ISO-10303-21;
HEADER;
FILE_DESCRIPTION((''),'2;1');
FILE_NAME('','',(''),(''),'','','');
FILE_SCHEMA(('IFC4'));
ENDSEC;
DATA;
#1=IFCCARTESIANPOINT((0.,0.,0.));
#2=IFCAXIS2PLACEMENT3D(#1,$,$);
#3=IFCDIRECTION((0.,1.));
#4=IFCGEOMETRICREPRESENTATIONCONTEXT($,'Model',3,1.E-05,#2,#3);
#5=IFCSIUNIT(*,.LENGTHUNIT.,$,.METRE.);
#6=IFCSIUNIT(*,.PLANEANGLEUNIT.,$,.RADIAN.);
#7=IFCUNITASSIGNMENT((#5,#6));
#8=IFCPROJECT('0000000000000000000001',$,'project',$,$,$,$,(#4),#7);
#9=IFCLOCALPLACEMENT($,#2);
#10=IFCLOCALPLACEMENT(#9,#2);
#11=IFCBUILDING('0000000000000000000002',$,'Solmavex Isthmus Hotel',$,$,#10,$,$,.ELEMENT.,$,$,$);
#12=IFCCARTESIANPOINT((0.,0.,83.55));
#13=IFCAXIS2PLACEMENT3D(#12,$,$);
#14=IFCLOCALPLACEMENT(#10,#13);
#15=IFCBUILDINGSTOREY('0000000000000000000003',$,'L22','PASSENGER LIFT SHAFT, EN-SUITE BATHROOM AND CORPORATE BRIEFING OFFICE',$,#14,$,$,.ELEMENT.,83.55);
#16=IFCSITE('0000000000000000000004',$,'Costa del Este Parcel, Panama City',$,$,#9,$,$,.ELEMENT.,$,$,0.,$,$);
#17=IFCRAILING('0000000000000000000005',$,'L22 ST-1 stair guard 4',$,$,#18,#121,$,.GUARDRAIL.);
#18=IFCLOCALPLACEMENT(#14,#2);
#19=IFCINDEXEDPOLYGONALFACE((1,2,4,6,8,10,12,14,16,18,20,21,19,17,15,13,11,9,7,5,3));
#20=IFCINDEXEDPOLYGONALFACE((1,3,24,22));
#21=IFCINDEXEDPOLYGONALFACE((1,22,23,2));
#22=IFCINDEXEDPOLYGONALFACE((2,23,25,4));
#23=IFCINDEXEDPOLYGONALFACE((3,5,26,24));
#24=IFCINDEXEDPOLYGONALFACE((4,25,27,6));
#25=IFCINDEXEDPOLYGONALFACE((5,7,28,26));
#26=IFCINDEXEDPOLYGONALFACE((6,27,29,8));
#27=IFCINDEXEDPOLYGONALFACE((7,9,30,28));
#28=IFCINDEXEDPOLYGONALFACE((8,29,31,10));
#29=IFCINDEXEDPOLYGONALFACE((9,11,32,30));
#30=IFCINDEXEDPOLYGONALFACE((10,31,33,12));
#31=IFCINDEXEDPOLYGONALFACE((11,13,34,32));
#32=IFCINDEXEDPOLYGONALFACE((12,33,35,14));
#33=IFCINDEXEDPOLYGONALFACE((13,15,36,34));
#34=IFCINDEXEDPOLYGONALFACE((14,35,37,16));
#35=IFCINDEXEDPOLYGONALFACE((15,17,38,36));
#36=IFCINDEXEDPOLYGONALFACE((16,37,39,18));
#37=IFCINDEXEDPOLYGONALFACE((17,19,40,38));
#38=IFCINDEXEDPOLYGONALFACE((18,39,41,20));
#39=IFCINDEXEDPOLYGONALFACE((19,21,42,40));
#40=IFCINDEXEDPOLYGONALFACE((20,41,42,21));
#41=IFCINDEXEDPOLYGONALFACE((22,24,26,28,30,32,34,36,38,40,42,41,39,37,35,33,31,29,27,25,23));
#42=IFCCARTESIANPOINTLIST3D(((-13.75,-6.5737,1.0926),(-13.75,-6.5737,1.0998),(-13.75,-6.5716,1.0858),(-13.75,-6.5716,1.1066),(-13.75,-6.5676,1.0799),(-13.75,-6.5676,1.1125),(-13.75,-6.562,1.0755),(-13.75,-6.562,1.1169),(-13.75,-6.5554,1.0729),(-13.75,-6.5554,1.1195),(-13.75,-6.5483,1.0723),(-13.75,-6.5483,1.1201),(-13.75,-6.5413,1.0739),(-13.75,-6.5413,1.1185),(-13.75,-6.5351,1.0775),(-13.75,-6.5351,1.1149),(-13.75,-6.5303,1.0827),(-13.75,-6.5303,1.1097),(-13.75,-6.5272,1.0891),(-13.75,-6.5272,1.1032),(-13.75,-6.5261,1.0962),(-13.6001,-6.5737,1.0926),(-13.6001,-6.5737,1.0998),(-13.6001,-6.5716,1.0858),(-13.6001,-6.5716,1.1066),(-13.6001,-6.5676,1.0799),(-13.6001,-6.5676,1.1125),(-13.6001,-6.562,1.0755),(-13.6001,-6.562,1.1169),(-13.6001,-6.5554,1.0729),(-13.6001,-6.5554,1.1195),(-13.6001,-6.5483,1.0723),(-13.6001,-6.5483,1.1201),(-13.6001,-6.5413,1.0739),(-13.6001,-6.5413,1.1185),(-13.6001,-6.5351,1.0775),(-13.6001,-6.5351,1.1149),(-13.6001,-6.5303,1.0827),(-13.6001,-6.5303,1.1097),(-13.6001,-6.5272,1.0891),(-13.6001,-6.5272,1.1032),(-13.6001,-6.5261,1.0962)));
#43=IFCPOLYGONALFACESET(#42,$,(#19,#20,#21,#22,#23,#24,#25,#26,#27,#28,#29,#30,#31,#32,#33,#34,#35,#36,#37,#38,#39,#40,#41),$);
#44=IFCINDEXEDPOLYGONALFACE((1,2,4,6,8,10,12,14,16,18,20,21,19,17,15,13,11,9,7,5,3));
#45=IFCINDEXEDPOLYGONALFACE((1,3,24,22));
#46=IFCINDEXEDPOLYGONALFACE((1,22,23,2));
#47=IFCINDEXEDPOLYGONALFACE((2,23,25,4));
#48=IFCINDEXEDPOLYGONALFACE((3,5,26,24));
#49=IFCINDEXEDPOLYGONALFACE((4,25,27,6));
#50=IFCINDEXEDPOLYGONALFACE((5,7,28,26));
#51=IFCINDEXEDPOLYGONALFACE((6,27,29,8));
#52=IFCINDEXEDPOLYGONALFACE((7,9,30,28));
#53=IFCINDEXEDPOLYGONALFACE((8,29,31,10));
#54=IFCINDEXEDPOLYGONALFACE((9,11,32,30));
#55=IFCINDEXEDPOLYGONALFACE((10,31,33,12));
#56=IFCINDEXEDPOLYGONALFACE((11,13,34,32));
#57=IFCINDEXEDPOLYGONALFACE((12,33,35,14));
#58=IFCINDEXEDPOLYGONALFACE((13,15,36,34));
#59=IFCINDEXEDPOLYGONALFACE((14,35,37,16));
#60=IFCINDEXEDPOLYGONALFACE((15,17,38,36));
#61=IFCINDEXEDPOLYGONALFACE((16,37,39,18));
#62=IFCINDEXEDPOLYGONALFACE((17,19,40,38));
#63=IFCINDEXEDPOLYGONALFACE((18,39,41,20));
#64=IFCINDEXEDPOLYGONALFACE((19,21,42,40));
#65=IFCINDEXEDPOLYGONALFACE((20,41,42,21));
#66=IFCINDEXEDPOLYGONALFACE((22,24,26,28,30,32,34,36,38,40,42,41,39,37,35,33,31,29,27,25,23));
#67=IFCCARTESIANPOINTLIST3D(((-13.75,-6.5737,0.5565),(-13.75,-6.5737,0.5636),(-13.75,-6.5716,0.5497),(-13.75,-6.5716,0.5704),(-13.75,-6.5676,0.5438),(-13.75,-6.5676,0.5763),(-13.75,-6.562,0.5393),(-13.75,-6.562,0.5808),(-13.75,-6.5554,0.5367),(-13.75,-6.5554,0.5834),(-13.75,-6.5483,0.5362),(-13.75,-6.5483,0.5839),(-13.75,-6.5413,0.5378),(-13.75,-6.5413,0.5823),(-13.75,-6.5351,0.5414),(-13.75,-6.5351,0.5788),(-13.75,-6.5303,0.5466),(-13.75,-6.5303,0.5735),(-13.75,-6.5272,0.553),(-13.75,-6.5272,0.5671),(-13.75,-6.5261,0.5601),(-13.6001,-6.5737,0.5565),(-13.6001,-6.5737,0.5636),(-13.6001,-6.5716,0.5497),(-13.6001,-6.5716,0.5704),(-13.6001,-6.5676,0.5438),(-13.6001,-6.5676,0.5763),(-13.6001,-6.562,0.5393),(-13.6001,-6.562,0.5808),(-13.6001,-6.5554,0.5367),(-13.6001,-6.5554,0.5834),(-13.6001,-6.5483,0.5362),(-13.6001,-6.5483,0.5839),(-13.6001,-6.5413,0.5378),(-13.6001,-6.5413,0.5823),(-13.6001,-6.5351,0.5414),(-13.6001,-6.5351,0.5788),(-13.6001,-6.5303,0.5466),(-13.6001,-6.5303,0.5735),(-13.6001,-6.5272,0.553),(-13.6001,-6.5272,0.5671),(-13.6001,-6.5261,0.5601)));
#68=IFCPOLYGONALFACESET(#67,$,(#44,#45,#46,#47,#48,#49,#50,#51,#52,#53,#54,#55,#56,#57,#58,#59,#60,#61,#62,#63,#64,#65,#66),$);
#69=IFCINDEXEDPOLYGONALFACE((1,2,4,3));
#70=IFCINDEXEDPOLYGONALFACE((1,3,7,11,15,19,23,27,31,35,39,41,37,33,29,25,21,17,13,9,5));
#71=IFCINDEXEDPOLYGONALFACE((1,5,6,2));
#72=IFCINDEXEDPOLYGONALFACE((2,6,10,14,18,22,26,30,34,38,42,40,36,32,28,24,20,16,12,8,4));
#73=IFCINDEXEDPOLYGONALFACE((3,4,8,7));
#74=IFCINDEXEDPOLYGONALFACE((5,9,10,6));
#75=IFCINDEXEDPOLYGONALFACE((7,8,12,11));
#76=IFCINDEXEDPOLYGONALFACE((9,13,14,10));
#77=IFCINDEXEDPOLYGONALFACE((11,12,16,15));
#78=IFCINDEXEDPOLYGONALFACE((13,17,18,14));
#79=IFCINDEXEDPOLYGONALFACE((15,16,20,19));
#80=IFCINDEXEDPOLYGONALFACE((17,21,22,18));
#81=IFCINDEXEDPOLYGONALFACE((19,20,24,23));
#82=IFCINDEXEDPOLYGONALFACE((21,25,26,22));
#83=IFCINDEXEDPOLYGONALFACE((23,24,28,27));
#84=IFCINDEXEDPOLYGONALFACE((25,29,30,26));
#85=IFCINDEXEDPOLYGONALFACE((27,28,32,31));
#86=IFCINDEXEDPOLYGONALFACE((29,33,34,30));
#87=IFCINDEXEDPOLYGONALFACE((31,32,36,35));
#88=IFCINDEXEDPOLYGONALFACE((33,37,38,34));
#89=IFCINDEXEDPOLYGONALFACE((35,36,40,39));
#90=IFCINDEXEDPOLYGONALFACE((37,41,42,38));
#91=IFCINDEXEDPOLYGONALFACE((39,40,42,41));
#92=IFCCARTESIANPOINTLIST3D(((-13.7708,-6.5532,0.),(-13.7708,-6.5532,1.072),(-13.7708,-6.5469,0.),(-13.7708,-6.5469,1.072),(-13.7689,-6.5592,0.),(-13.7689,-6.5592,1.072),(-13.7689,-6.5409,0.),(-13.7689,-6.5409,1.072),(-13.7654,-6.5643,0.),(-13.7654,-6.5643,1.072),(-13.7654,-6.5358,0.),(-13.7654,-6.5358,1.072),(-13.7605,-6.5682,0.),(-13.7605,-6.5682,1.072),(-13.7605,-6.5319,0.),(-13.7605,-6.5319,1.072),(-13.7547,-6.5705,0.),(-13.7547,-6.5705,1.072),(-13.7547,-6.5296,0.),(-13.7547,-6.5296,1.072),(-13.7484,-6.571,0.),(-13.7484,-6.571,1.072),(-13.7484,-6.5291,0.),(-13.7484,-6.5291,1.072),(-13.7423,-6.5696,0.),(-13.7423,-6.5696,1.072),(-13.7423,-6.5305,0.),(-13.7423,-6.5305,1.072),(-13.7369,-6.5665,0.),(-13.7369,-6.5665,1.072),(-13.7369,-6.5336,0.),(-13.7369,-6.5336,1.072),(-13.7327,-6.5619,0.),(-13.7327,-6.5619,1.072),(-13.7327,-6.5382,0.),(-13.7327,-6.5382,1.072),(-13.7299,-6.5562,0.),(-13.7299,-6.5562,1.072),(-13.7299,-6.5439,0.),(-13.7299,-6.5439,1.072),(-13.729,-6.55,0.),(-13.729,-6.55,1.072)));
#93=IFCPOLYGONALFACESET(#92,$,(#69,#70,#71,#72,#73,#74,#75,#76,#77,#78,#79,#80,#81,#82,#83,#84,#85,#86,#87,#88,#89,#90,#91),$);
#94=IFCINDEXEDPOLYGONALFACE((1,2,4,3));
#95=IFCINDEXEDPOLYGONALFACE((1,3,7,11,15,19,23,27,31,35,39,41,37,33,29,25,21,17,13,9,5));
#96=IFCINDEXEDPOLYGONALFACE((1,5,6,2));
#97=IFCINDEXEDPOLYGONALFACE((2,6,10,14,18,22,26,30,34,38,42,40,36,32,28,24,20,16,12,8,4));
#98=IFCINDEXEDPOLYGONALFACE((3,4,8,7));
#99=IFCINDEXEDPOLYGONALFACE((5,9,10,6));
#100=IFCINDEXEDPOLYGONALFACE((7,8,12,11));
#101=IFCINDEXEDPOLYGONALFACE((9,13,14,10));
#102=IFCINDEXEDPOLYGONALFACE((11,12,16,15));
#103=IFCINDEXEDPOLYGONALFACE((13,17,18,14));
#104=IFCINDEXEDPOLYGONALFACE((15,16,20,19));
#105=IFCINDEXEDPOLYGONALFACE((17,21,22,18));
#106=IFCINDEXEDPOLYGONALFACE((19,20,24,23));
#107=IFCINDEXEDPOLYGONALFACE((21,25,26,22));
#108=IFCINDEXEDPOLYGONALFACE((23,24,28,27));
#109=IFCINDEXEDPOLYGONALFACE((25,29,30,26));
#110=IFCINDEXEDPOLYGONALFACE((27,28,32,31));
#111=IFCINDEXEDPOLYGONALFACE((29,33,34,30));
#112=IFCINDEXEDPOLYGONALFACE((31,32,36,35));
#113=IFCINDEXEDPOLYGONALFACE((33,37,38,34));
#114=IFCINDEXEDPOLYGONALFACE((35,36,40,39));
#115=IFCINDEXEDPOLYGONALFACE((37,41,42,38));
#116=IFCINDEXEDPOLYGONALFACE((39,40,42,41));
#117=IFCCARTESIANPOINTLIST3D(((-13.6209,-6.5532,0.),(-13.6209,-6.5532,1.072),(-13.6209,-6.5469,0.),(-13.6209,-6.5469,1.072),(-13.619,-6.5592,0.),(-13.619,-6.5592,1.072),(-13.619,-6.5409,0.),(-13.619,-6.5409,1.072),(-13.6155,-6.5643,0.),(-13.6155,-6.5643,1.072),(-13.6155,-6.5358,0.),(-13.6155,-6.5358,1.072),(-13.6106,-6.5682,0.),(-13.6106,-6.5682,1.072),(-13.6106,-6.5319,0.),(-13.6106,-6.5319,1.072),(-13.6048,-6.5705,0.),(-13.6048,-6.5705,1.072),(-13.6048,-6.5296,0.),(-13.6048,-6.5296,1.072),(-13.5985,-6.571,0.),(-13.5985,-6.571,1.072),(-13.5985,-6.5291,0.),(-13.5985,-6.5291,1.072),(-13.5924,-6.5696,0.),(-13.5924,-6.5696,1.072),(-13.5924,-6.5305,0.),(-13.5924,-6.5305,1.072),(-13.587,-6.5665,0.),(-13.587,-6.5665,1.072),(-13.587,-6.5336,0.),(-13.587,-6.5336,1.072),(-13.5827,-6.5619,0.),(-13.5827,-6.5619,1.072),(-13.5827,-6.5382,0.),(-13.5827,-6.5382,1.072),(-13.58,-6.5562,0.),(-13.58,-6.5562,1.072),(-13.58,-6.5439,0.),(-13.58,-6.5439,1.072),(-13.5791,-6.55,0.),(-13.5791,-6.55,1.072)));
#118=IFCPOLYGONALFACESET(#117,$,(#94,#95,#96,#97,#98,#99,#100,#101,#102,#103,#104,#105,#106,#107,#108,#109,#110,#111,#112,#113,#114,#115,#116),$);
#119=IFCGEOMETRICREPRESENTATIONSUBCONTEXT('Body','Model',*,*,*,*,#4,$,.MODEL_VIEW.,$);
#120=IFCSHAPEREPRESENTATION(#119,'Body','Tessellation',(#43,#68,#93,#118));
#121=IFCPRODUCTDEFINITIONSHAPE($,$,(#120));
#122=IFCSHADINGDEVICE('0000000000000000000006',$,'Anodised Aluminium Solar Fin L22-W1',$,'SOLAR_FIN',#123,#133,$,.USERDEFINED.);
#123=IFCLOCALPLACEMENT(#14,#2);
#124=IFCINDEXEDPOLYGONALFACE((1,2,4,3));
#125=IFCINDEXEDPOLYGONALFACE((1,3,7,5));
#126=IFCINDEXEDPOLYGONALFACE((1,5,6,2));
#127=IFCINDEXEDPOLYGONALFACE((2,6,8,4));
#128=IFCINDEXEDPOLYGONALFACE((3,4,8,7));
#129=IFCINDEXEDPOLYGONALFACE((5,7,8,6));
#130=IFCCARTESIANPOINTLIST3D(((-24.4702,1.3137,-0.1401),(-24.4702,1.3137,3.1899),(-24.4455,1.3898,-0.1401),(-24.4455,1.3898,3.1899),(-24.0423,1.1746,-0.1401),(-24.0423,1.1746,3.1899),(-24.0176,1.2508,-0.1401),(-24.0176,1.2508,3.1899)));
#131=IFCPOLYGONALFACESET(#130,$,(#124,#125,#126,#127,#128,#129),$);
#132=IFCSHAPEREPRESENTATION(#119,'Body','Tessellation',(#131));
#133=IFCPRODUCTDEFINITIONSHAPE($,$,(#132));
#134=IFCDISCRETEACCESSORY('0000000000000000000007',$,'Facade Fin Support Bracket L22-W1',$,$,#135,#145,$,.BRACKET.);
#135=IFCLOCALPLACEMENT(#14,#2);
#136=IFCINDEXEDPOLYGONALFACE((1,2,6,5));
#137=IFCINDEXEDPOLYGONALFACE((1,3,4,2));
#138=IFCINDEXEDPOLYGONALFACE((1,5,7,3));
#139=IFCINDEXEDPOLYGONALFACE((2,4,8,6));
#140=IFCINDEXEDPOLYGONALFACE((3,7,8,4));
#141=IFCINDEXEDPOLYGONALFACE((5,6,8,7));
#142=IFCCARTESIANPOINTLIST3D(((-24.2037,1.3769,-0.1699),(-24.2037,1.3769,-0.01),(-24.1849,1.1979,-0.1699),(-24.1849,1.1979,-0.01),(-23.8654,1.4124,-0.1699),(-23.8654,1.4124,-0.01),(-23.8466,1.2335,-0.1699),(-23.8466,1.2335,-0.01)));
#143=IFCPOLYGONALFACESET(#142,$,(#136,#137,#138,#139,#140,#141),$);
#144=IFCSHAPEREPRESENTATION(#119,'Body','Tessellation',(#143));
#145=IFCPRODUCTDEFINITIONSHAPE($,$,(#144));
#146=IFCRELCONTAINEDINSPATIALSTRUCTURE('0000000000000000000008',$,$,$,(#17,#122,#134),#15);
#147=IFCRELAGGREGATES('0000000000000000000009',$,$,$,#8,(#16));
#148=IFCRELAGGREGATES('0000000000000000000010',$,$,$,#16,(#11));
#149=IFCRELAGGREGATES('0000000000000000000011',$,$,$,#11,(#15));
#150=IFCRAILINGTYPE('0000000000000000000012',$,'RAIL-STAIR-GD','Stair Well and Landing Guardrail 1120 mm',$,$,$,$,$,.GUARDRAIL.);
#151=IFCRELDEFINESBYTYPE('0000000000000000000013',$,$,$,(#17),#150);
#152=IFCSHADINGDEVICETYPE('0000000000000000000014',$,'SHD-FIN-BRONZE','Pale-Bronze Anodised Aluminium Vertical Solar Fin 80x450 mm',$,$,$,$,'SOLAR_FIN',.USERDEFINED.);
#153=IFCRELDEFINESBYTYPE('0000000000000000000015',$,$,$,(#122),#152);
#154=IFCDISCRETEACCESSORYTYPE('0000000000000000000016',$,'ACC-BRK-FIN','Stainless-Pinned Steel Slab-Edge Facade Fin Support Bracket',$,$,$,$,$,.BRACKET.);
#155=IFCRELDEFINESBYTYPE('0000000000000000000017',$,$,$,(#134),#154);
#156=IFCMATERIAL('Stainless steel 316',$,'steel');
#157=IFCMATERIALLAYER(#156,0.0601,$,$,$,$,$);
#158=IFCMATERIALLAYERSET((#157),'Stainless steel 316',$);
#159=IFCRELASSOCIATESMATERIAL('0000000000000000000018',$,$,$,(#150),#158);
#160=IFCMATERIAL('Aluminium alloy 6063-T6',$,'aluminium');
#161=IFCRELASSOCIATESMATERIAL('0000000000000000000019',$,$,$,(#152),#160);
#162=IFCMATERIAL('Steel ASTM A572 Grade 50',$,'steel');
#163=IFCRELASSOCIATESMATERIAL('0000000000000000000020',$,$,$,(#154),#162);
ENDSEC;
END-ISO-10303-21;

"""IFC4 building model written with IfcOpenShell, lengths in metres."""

from ifc_helpers import new_model, si_unit, direction, frame, origin, origin_2d, place, context, subcontext, project, spatial, rectangle, circle, extrude, material, layer, layer_set, type_object, element, save


model = new_model("IFC4")

# Units and contexts
model_context = context("Model", 3, precision=1e-05, world=origin(), true_north=direction((0.0, 1.0)))
body_context = subcontext(model_context, "Body", "Model", "MODEL_VIEW")
ifc_project = project(units=[si_unit("LENGTHUNIT", "METRE"), si_unit("PLANEANGLEUNIT", "RADIAN")], contexts=[model_context])

# Site, building, storey
site_placement = place(None, origin())
site = spatial("IfcSite", under=ifc_project, at=site_placement, Name="Costa del Este Parcel, Panama City", CompositionType="ELEMENT", RefElevation=0.0)
building_placement = place(site_placement, origin())
building = spatial("IfcBuilding", under=site, at=building_placement, Name="Solmavex Isthmus Hotel", CompositionType="ELEMENT")
storey_placement = place(building_placement, frame((0.0, 0.0, 83.55)))
storey = spatial("IfcBuildingStorey", under=building, at=storey_placement, Name="L22", Description="PASSENGER LIFT SHAFT, EN-SUITE BATHROOM AND CORPORATE BRIEFING OFFICE", CompositionType="ELEMENT", Elevation=83.55)

# Shared definitions
ifc_material_1 = material(Name="Aluminium alloy 6063-T6", Category="aluminium")

# Railing
ifc_material_2 = material(Name="Stainless steel 316", Category="steel")
ifc_layer_1 = layer(ifc_material_2, 0.0601)
ifc_layer_set_1 = layer_set([ifc_layer_1], Name="Stainless steel 316")
railing_type_1 = type_object("IfcRailingType", Name="RAIL-STAIR-GD", Description="Stair Well and Landing Guardrail 1120 mm", PredefinedType="GUARDRAIL", material=ifc_layer_set_1)
railing_1_placement = place(storey_placement, frame((-13.75, -6.55, 0.0)))
element("IfcRailing", 1, at=railing_1_placement, inside=storey, type_object=railing_type_1, Name="L22 ST-1 stair guard 4", PredefinedType="GUARDRAIL", context=body_context, shape_type="SweptSolid", body=[
    extrude(circle(Radius=0.0239, at=origin_2d()), frame((0.0, 0.0, 1.0962), z_axis=(1.0, 0.0, 0.0), x_axis=(0.0, 1.0, 0.0)), (0.0, 0.0, 1.0), 0.1499),
    extrude(circle(Radius=0.0239, at=origin_2d()), frame((0.0, 0.0, 0.5601), z_axis=(1.0, 0.0, 0.0), x_axis=(0.0, 1.0, 0.0)), (0.0, 0.0, 1.0), 0.1499),
    extrude(circle(Radius=0.021, at=origin_2d()), origin(), (0.0, 0.0, 1.0), 1.072),
    extrude(circle(Radius=0.021, at=origin_2d()), frame((0.1499, 0.0, 0.0)), (0.0, 0.0, 1.0), 1.072),
])

# Shading device
shading_device_type = type_object("IfcShadingDeviceType", Name="SHD-FIN-BRONZE", Description="Pale-Bronze Anodised Aluminium Vertical Solar Fin 80x450 mm", ElementType="SOLAR_FIN", PredefinedType="USERDEFINED", material=ifc_material_1)
shading_device_placement = place(storey_placement, frame((-24.2439, 1.2822, -0.1401), z_axis=(0.0, 0.0, 1.0), x_axis=(-0.951057, 0.309017, 0.0)))
element("IfcShadingDevice", 2, at=shading_device_placement, inside=storey, type_object=shading_device_type, Name="Anodised Aluminium Solar Fin L22-W1", ObjectType="SOLAR_FIN", PredefinedType="USERDEFINED", context=body_context, shape_type="SweptSolid", body=[
    extrude(rectangle(XDim=0.45, YDim=0.0801, at=origin_2d()), origin(), (0.0, 0.0, 1.0), 3.3301),
])

# Discrete accessory
ifc_material_3 = material(Name="Steel ASTM A572 Grade 50", Category="steel")
discrete_accessory_type = type_object("IfcDiscreteAccessoryType", Name="ACC-BRK-FIN", Description="Stainless-Pinned Steel Slab-Edge Facade Fin Support Bracket", PredefinedType="BRACKET", material=ifc_material_3)
discrete_accessory_placement = place(storey_placement, frame((-24.0251, 1.3052, -0.1699), z_axis=(0.0, 0.0, 1.0), x_axis=(-0.994522, -0.104528, 0.0)))
element("IfcDiscreteAccessory", 3, at=discrete_accessory_placement, inside=storey, type_object=discrete_accessory_type, Name="Facade Fin Support Bracket L22-W1", PredefinedType="BRACKET", context=body_context, shape_type="SweptSolid", body=[
    extrude(rectangle(XDim=0.3401, YDim=0.1799, at=origin_2d()), origin(), (0.0, 0.0, 1.0), 0.1599),
])

save(model, "model.ifc")
